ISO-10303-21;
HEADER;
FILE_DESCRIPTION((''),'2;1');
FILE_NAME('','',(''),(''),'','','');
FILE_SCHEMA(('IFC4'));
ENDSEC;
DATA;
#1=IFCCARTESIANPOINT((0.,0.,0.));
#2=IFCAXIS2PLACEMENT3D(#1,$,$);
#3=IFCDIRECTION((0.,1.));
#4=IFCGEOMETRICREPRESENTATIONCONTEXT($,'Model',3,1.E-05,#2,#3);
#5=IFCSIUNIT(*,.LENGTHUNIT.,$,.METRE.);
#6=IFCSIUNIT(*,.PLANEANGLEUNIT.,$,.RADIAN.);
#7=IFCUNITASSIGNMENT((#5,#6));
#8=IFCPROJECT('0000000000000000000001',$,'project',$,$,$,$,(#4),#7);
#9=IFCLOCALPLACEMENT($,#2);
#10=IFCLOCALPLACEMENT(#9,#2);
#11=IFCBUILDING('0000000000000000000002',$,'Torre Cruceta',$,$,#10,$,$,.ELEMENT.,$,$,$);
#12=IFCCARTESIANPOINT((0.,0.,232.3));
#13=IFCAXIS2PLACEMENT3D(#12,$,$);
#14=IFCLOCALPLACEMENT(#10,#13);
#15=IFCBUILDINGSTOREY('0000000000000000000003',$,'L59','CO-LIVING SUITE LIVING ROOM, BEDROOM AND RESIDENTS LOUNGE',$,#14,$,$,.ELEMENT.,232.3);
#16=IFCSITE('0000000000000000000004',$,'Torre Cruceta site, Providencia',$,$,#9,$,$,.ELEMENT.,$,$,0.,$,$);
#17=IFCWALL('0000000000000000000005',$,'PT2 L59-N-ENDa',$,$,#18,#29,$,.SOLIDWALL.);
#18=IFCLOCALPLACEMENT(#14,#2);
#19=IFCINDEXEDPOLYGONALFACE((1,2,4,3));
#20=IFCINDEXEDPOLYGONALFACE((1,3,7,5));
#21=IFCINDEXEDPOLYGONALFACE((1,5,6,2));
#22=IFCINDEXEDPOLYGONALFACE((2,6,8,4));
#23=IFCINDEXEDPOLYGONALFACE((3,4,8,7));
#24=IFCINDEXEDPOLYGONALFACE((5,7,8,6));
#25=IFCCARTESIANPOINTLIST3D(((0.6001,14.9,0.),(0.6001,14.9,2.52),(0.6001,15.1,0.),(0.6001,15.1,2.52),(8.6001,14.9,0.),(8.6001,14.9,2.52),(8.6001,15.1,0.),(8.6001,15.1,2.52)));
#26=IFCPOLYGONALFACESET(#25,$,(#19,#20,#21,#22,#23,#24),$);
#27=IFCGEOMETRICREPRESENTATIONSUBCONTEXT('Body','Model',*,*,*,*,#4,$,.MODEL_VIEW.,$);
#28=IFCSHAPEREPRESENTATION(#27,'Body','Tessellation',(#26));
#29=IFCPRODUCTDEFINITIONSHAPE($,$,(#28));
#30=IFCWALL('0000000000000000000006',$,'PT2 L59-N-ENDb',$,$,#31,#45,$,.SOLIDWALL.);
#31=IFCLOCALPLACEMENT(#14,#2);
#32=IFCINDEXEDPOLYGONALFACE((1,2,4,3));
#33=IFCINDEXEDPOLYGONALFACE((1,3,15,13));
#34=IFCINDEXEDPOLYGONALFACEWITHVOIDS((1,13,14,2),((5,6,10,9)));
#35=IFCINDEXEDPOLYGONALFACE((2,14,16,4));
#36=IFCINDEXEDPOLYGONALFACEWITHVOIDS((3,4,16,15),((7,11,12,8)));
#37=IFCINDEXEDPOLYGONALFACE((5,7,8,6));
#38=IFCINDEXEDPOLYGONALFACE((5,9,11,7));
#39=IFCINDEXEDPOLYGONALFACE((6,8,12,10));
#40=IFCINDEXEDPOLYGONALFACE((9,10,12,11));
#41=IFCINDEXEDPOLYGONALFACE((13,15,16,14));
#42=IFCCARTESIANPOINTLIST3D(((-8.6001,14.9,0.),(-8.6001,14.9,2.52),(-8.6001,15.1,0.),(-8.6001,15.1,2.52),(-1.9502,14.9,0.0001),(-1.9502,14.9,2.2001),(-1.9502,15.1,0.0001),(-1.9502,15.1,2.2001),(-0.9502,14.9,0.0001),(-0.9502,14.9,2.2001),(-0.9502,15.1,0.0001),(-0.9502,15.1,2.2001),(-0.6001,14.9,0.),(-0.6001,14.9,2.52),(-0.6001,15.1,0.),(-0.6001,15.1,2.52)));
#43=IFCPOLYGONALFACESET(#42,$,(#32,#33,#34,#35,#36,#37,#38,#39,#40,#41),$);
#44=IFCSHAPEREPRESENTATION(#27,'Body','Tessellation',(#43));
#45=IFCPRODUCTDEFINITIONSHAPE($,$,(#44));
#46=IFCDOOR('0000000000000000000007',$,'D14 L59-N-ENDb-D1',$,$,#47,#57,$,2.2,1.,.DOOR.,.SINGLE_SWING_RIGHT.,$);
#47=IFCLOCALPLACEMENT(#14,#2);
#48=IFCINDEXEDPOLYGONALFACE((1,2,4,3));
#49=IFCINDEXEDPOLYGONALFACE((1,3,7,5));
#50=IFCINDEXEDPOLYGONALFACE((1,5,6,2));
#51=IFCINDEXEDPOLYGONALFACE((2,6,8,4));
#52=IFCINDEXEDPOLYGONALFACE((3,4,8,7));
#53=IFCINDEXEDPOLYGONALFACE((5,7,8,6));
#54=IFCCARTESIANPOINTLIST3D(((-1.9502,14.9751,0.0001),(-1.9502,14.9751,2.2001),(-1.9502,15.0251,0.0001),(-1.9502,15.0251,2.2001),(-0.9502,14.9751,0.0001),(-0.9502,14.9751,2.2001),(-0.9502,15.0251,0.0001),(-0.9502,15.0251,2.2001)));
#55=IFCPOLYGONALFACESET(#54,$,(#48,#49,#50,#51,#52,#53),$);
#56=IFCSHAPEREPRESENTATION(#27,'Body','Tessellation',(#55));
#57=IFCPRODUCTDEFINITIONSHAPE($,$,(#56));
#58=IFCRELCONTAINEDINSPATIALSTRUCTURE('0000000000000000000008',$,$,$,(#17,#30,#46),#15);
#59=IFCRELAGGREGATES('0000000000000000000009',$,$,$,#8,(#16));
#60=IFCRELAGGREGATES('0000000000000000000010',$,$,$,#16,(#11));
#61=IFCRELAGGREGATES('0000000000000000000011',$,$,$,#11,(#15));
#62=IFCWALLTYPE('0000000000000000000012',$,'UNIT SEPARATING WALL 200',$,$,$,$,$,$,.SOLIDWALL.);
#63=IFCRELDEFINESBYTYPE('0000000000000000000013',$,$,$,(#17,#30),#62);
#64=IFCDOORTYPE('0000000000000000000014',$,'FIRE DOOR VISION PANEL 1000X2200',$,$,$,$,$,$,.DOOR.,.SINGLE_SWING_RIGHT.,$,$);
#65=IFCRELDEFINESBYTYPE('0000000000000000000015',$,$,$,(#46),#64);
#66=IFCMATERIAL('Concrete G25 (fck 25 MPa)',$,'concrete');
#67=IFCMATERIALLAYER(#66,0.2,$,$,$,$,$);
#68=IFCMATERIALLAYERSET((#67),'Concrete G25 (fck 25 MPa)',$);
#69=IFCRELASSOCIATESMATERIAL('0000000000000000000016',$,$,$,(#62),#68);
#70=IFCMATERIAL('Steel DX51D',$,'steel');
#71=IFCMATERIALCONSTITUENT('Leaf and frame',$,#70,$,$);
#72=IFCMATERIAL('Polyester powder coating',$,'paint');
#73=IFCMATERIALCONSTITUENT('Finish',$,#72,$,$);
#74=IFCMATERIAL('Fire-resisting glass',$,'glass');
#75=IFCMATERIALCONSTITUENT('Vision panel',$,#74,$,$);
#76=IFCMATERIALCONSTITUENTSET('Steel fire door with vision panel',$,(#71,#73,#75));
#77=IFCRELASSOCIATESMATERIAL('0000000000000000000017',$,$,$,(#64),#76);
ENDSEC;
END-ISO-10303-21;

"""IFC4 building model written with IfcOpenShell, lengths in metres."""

from ifc_helpers import new_model, si_unit, direction, frame, frame_2d, origin, place, context, subcontext, project, spatial, rectangle, extrude, material, layer, layer_set, constituent, constituent_set, type_object, element, fill, save


model = new_model("IFC4")

# Units and contexts
model_context = context("Model", 3, precision=1e-05, world=origin(), true_north=direction((0.0, 1.0)))
body_context = subcontext(model_context, "Body", "Model", "MODEL_VIEW")
ifc_project = project(units=[si_unit("LENGTHUNIT", "METRE"), si_unit("PLANEANGLEUNIT", "RADIAN")], contexts=[model_context])

# Site, building, storey
site_placement = place(None, origin())
site = spatial("IfcSite", under=ifc_project, at=site_placement, Name="Torre Cruceta site, Providencia", CompositionType="ELEMENT", RefElevation=0.0)
building_placement = place(site_placement, origin())
building = spatial("IfcBuilding", under=site, at=building_placement, Name="Torre Cruceta", CompositionType="ELEMENT")
storey_placement = place(building_placement, frame((0.0, 0.0, 232.3)))
storey = spatial("IfcBuildingStorey", under=building, at=storey_placement, Name="L59", Description="CO-LIVING SUITE LIVING ROOM, BEDROOM AND RESIDENTS LOUNGE", CompositionType="ELEMENT", Elevation=232.3)

# Wall
ifc_material_1 = material(Name="Concrete G25 (fck 25 MPa)", Category="concrete")
ifc_layer_1 = layer(ifc_material_1, 0.2)
ifc_layer_set_1 = layer_set([ifc_layer_1], Name="Concrete G25 (fck 25 MPa)")
wall_type_1 = type_object("IfcWallType", Name="UNIT SEPARATING WALL 200", PredefinedType="SOLIDWALL", material=ifc_layer_set_1)
wall_1_placement = place(storey_placement, frame((8.6001, 15.0, 0.0), z_axis=(0.0, 0.0, 1.0), x_axis=(-1.0, 0.0, 0.0)))
element("IfcWall", 1, at=wall_1_placement, inside=storey, type_object=wall_type_1, Name="PT2 L59-N-ENDa", PredefinedType="SOLIDWALL", context=body_context, shape_type="SweptSolid", body=[
    extrude(rectangle(XDim=8.0, YDim=0.2, at=frame_2d((4.0, 0.0))), origin(), (0.0, 0.0, 1.0), 2.52),
])

# Wall, opening, door
wall_2_placement = place(storey_placement, frame((-0.6001, 15.0, 0.0), z_axis=(0.0, 0.0, 1.0), x_axis=(-1.0, 0.0, 0.0)))
wall_2 = element("IfcWall", 2, at=wall_2_placement, inside=storey, type_object=wall_type_1, Name="PT2 L59-N-ENDb", PredefinedType="SOLIDWALL", context=body_context, shape_type="SweptSolid", body=[
    extrude(rectangle(XDim=8.0, YDim=0.2, at=frame_2d((4.0, 0.0))), origin(), (0.0, 0.0, 1.0), 2.52),
])
opening_1_placement = place(wall_2_placement, frame((0.3501, 0.0, 0.0)))
opening_1 = element("IfcOpeningElement", 3, at=opening_1_placement, cuts=wall_2, PredefinedType="OPENING", context=body_context, shape_type="SweptSolid", body=[
    extrude(rectangle(XDim=1.0, YDim=2.2, at=frame_2d((0.5, 1.1001))), frame((0.0, 0.1099, 0.0), z_axis=(0.0, -1.0, 0.0), x_axis=(1.0, 0.0, 0.0)), (0.0, 0.0, 1.0), 0.22),
])
ifc_material_2 = material(Name="Steel DX51D", Category="steel")
ifc_constituent_1 = constituent(ifc_material_2, Name="Leaf and frame")
ifc_material_3 = material(Name="Polyester powder coating", Category="paint")
ifc_constituent_2 = constituent(ifc_material_3, Name="Finish")
ifc_material_4 = material(Name="Fire-resisting glass", Category="glass")
ifc_constituent_3 = constituent(ifc_material_4, Name="Vision panel")
ifc_constituent_set_1 = constituent_set(constituents=[ifc_constituent_1, ifc_constituent_2, ifc_constituent_3], Name="Steel fire door with vision panel")
door_type = type_object("IfcDoorType", Name="FIRE DOOR VISION PANEL 1000X2200", OperationType="SINGLE_SWING_RIGHT", PredefinedType="DOOR", material=ifc_constituent_set_1)
door_placement = place(opening_1_placement, frame((1.0, 0.0, 0.0), z_axis=(0.0, 0.0, 1.0), x_axis=(-1.0, 0.0, 0.0)))
door = element("IfcDoor", 4, at=door_placement, inside=storey, type_object=door_type, Name="D14 L59-N-ENDb-D1", OperationType="SINGLE_SWING_RIGHT", OverallHeight=2.2, OverallWidth=1.0, PredefinedType="DOOR", context=body_context, shape_type="SweptSolid", body=[
    extrude(rectangle(XDim=1.0, YDim=2.2, at=frame_2d((0.5, 1.1001))), frame((0.0, 0.0251, 0.0), z_axis=(0.0, -1.0, 0.0), x_axis=(1.0, 0.0, 0.0)), (0.0, 0.0, 1.0), 0.05),
])
fill(opening_1, door)

save(model, "model.ifc")
